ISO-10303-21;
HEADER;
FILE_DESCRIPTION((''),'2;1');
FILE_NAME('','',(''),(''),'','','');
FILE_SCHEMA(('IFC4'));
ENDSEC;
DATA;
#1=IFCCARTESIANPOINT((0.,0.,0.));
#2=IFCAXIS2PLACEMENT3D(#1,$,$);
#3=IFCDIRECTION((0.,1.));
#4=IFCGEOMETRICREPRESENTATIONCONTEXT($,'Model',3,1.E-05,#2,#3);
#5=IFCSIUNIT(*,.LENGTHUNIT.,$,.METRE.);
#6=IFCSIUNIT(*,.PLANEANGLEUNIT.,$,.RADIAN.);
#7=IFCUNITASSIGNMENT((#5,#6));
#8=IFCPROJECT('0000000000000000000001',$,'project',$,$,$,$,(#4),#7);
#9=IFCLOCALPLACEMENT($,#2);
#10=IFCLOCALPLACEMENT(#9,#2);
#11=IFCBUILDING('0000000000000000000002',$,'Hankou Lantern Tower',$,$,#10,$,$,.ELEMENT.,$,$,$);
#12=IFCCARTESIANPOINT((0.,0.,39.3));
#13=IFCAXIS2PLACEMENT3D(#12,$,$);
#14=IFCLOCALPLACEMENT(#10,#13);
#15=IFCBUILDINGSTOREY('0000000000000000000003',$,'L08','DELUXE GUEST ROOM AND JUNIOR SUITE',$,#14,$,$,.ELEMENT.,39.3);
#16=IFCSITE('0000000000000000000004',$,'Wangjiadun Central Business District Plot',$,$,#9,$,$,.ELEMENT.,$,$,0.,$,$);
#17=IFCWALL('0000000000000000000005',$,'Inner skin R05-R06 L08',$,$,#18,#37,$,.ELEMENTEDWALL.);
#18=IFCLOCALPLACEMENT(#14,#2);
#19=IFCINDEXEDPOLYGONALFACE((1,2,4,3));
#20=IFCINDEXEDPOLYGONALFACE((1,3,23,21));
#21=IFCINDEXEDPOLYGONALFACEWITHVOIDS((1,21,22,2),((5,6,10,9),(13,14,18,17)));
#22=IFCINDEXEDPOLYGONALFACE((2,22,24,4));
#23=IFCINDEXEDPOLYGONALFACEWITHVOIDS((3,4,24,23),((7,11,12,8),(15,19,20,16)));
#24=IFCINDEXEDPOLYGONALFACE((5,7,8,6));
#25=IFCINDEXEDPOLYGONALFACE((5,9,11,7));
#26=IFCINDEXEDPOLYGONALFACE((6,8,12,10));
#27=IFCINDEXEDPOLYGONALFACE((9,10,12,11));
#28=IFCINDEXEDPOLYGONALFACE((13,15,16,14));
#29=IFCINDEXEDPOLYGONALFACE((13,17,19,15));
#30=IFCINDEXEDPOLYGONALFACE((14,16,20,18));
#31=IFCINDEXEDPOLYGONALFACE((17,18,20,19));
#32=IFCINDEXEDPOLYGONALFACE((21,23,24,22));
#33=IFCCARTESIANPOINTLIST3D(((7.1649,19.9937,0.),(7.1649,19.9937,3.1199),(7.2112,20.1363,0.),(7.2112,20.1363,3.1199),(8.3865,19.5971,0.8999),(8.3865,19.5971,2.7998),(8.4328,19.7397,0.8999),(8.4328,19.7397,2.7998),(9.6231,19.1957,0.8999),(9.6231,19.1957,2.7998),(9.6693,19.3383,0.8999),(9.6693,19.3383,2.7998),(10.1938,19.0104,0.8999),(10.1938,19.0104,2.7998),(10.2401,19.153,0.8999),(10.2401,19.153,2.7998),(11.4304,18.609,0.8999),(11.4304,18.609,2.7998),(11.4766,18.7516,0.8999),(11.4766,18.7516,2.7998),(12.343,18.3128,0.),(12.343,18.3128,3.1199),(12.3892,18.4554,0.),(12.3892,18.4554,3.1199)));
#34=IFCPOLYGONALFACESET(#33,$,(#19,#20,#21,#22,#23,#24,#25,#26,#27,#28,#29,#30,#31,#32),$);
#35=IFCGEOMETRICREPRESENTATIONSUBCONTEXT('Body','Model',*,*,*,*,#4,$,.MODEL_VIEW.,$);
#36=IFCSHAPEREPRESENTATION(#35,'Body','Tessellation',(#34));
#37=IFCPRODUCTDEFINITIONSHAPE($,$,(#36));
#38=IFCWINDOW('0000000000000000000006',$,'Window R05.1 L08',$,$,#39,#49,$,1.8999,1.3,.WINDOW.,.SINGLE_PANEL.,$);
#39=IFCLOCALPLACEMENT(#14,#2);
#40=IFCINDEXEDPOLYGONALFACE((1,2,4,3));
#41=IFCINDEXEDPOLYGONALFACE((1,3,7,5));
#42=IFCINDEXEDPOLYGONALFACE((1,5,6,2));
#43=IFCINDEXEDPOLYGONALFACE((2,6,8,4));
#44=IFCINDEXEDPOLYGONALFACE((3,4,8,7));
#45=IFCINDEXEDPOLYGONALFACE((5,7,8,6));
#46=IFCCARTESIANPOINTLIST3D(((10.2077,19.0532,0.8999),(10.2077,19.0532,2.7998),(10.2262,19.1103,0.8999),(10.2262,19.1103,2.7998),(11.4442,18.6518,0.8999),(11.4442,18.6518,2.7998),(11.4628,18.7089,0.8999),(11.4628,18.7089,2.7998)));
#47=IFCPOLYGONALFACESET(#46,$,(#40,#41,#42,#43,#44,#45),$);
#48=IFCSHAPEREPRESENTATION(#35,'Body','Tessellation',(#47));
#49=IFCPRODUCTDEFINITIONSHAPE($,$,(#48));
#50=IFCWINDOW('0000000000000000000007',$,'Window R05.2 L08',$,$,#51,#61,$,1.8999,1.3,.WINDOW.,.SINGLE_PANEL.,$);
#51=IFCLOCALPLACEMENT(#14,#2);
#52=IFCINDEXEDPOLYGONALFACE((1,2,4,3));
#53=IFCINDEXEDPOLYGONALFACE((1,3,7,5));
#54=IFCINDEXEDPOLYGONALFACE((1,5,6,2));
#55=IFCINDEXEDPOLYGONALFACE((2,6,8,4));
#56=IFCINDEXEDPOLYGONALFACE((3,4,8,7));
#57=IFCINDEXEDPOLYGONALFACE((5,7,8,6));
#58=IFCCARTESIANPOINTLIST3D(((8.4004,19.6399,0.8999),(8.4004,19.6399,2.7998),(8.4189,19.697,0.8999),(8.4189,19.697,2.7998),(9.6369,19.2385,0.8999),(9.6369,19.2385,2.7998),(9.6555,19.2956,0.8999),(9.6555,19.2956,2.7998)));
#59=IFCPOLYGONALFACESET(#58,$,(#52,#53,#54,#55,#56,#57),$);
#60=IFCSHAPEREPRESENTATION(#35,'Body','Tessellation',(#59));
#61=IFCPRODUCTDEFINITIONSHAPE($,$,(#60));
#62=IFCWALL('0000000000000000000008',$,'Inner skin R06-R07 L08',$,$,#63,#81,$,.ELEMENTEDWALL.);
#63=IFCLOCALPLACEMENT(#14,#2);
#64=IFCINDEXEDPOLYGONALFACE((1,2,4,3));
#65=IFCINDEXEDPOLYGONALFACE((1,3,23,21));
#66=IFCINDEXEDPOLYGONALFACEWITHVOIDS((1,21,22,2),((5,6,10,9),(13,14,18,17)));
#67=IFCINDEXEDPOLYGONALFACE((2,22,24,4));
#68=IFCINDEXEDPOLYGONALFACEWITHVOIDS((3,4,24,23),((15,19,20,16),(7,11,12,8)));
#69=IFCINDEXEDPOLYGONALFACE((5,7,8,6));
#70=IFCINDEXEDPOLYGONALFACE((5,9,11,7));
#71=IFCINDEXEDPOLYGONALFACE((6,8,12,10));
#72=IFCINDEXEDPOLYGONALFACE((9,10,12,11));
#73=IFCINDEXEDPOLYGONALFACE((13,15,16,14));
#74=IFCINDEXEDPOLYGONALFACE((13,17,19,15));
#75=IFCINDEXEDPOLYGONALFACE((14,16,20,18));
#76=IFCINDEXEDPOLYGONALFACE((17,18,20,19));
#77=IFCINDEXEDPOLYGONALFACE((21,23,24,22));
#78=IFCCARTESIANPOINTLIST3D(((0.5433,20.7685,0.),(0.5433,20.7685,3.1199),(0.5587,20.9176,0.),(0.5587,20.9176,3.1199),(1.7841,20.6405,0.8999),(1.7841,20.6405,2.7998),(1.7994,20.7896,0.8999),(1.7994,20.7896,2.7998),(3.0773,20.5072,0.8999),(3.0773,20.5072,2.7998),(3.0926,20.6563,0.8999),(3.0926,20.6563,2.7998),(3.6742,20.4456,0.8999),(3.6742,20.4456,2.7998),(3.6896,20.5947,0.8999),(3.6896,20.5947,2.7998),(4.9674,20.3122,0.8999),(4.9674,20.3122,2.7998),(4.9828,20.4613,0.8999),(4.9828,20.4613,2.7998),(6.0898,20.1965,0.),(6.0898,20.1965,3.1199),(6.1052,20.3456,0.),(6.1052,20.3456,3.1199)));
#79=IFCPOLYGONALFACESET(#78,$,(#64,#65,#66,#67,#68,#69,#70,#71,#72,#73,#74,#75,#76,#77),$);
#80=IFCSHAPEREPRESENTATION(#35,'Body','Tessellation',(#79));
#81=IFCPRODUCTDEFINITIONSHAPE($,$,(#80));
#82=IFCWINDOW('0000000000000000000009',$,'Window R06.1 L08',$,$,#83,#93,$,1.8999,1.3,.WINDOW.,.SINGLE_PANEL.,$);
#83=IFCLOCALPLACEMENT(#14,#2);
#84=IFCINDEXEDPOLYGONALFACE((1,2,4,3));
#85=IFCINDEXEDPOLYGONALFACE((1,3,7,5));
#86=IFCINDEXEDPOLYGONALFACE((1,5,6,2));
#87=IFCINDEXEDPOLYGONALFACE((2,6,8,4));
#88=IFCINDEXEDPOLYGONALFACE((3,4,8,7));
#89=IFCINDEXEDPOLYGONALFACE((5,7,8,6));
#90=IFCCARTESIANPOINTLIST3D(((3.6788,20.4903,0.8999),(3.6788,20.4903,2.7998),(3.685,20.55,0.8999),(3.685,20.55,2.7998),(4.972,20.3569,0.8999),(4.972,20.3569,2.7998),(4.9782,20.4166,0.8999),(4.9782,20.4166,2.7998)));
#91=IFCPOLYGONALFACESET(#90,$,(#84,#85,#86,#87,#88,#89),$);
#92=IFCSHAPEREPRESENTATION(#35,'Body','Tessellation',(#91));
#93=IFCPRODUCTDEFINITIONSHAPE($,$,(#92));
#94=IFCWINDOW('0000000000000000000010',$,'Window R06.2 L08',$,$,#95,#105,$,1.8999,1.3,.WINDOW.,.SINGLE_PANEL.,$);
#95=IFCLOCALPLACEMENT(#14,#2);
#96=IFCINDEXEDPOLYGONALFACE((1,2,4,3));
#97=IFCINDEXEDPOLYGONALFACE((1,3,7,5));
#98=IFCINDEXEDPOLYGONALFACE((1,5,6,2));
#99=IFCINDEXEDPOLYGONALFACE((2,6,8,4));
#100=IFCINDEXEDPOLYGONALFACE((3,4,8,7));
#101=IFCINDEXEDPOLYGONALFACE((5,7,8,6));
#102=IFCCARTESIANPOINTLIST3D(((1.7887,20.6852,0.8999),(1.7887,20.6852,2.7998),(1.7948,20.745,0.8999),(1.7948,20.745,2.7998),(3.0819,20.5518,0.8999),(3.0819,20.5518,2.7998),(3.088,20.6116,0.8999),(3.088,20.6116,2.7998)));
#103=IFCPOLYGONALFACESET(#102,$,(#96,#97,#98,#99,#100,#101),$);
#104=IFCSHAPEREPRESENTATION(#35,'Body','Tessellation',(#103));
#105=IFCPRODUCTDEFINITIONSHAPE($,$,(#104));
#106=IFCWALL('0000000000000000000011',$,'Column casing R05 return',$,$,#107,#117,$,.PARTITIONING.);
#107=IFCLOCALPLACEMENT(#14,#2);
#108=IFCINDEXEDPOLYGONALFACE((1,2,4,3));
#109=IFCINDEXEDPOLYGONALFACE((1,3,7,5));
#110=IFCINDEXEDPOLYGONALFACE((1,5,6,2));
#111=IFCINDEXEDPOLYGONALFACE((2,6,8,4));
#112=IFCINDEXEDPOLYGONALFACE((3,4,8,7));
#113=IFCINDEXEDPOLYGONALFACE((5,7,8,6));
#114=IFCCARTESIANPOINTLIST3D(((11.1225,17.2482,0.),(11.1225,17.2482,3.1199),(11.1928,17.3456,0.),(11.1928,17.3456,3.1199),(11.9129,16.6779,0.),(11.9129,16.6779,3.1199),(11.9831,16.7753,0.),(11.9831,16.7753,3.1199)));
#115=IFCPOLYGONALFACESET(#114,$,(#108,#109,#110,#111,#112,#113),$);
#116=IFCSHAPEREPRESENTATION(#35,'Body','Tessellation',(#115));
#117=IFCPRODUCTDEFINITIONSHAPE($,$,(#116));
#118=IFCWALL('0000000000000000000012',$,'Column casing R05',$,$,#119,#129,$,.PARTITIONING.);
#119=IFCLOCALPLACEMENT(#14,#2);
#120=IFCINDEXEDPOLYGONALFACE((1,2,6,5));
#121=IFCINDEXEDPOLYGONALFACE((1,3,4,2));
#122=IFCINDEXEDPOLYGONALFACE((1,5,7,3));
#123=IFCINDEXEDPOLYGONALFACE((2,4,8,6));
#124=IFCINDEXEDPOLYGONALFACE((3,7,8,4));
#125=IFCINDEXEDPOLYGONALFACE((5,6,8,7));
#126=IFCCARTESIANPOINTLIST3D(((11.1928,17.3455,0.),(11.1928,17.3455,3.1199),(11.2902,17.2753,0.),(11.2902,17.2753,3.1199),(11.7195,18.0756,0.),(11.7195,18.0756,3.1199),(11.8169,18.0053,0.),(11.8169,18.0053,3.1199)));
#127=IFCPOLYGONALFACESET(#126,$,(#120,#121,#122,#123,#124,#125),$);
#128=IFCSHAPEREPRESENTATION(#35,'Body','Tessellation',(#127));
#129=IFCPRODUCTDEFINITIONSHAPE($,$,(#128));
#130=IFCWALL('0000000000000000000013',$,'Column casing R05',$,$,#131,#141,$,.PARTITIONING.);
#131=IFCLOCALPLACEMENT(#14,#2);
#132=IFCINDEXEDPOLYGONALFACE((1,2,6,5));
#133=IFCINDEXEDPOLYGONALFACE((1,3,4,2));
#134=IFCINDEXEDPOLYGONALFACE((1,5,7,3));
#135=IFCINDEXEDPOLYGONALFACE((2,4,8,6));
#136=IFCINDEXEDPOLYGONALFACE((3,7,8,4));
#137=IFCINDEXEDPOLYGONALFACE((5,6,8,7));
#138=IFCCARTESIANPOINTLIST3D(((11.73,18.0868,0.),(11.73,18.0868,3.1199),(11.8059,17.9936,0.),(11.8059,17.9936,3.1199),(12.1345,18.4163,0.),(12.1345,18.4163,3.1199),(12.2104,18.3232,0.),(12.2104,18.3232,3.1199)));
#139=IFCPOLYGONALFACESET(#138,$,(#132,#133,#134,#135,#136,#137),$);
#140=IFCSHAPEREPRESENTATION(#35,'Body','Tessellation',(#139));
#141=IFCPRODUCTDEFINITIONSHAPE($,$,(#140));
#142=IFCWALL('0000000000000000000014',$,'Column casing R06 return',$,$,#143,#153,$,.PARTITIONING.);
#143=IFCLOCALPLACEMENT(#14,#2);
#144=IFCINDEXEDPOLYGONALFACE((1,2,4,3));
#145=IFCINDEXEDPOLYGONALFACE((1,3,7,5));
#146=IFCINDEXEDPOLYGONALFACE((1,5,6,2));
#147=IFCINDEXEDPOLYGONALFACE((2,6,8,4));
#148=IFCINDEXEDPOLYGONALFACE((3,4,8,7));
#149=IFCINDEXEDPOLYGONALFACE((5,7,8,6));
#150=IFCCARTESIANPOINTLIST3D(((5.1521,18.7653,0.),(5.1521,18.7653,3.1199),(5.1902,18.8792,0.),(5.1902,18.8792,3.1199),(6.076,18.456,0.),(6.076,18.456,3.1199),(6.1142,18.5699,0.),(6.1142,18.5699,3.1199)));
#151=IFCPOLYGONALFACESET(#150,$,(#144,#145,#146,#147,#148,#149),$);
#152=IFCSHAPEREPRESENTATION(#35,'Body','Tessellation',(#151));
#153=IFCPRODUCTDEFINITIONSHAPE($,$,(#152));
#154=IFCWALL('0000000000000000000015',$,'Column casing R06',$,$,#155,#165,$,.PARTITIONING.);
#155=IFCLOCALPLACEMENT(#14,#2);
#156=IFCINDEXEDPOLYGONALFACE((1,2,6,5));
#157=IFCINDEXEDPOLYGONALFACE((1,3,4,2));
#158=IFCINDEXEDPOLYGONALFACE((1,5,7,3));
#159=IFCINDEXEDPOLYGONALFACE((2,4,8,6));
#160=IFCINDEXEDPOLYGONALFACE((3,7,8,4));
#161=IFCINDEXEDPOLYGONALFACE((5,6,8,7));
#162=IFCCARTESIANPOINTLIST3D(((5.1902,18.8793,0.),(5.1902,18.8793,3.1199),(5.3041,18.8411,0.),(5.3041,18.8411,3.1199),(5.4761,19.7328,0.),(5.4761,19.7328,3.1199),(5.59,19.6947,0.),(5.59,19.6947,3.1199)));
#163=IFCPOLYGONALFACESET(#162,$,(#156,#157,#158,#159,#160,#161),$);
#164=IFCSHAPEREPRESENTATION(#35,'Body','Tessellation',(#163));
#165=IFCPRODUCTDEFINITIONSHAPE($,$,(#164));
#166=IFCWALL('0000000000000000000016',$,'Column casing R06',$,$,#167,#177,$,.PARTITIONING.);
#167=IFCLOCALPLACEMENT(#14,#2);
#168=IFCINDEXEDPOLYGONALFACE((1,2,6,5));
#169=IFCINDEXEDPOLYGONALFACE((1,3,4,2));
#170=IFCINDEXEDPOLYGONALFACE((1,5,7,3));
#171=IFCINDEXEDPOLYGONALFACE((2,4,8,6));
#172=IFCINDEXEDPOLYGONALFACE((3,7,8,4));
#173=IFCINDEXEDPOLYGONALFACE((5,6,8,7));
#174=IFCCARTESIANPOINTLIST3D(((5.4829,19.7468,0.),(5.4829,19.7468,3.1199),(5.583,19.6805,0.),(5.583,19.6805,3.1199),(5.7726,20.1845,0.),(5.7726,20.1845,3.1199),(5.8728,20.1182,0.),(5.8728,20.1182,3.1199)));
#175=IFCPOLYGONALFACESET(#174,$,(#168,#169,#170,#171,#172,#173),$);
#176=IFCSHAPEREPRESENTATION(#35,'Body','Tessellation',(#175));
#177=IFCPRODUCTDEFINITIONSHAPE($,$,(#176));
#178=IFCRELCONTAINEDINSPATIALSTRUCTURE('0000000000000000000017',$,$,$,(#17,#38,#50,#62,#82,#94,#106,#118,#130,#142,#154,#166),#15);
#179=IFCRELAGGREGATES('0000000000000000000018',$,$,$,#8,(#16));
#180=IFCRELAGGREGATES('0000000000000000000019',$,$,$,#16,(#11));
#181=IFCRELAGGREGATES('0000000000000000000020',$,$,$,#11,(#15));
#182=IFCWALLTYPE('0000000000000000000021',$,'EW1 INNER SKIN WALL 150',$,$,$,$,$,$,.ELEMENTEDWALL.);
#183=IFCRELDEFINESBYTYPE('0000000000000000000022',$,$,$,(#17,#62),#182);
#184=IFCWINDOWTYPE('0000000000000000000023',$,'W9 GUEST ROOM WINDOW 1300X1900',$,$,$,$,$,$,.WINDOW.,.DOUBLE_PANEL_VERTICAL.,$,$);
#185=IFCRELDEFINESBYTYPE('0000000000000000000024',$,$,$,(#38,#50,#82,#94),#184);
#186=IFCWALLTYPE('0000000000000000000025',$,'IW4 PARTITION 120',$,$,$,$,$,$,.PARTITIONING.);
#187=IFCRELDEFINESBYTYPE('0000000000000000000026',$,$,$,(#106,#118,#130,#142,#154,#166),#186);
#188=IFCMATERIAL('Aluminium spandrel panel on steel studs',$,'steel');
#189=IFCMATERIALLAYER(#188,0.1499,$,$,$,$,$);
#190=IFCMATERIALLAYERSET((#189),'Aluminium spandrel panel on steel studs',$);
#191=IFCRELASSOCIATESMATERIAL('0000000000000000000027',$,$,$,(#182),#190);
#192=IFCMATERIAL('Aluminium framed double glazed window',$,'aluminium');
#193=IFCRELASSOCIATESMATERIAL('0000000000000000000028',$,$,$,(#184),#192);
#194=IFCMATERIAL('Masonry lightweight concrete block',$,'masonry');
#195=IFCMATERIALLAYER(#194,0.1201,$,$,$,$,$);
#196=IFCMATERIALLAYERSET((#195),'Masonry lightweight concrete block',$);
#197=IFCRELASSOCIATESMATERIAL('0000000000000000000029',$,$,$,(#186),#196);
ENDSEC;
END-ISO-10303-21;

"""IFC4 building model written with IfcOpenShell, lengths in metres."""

from ifc_helpers import new_model, si_unit, direction, frame, frame_2d, origin, place, context, subcontext, project, spatial, rectangle, extrude, material, layer, layer_set, type_object, element, fill, save


model = new_model("IFC4")

# Units and contexts
model_context = context("Model", 3, precision=1e-05, world=origin(), true_north=direction((0.0, 1.0)))
body_context = subcontext(model_context, "Body", "Model", "MODEL_VIEW")
ifc_project = project(units=[si_unit("LENGTHUNIT", "METRE"), si_unit("PLANEANGLEUNIT", "RADIAN")], contexts=[model_context])

# Site, building, storey
site_placement = place(None, origin())
site = spatial("IfcSite", under=ifc_project, at=site_placement, Name="Wangjiadun Central Business District Plot", CompositionType="ELEMENT", RefElevation=0.0)
building_placement = place(site_placement, origin())
building = spatial("IfcBuilding", under=site, at=building_placement, Name="Hankou Lantern Tower", CompositionType="ELEMENT")
storey_placement = place(building_placement, frame((0.0, 0.0, 39.3)))
storey = spatial("IfcBuildingStorey", under=building, at=storey_placement, Name="L08", Description="DELUXE GUEST ROOM AND JUNIOR SUITE", CompositionType="ELEMENT", Elevation=39.3)

# Walls, openings, windows
ifc_material_1 = material(Name="Aluminium spandrel panel on steel studs", Category="steel")
ifc_layer_1 = layer(ifc_material_1, 0.1499)
ifc_layer_set_1 = layer_set([ifc_layer_1], Name="Aluminium spandrel panel on steel studs")
wall_type_1 = type_object("IfcWallType", Name="EW1 INNER SKIN WALL 150", PredefinedType="ELEMENTEDWALL", material=ifc_layer_set_1)
wall_1_placement = place(storey_placement, frame((12.3662, 18.384, 0.0), z_axis=(0.0, 0.0, 1.0), x_axis=(-0.951138, 0.308765, 0.0)))
wall_1 = element("IfcWall", 1, at=wall_1_placement, inside=storey, type_object=wall_type_1, Name="Inner skin R05-R06 L08", PredefinedType="ELEMENTEDWALL", context=body_context, shape_type="SweptSolid", body=[
    extrude(rectangle(XDim=5.4441, YDim=0.1499, at=frame_2d((2.7222, 0.0))), origin(), (0.0, 0.0, 1.0), 3.1199),
])
opening_1_placement = place(wall_1_placement, frame((0.9597, 0.0, 0.8999)))
opening_1 = element("IfcOpeningElement", 2, at=opening_1_placement, cuts=wall_1, PredefinedType="OPENING", context=body_context, shape_type="SweptSolid", body=[
    extrude(rectangle(XDim=1.3, YDim=1.8999, at=frame_2d((0.6499, 0.95))), frame((0.0, 0.085, 0.0), z_axis=(0.0, -1.0, 0.0), x_axis=(1.0, 0.0, 0.0)), (0.0, 0.0, 1.0), 0.1699),
])
opening_2_placement = place(wall_1_placement, frame((2.8599, 0.0, 0.8999)))
opening_2 = element("IfcOpeningElement", 3, at=opening_2_placement, cuts=wall_1, PredefinedType="OPENING", context=body_context, shape_type="SweptSolid", body=[
    extrude(rectangle(XDim=1.3, YDim=1.8999, at=frame_2d((0.6499, 0.95))), frame((0.0, 0.085, 0.0), z_axis=(0.0, -1.0, 0.0), x_axis=(1.0, 0.0, 0.0)), (0.0, 0.0, 1.0), 0.1699),
])
ifc_material_2 = material(Name="Aluminium framed double glazed window", Category="aluminium")
window_type = type_object("IfcWindowType", Name="W9 GUEST ROOM WINDOW 1300X1900", PartitioningType="DOUBLE_PANEL_VERTICAL", PredefinedType="WINDOW", material=ifc_material_2)
window_1_placement = place(opening_1_placement, origin())
window_1 = element("IfcWindow", 4, at=window_1_placement, inside=storey, type_object=window_type, Name="Window R05.1 L08", OverallHeight=1.8999, OverallWidth=1.3, PartitioningType="SINGLE_PANEL", PredefinedType="WINDOW", context=body_context, shape_type="SweptSolid", body=[
    extrude(rectangle(XDim=1.3, YDim=1.8999, at=frame_2d((0.6499, 0.95))), frame((0.0, 0.03, 0.0), z_axis=(0.0, -1.0, 0.0), x_axis=(1.0, 0.0, 0.0)), (0.0, 0.0, 1.0), 0.0601),
])
fill(opening_1, window_1)
window_2_placement = place(opening_2_placement, origin())
window_2 = element("IfcWindow", 5, at=window_2_placement, inside=storey, type_object=window_type, Name="Window R05.2 L08", OverallHeight=1.8999, OverallWidth=1.3, PartitioningType="SINGLE_PANEL", PredefinedType="WINDOW", context=body_context, shape_type="SweptSolid", body=[
    extrude(rectangle(XDim=1.3, YDim=1.8999, at=frame_2d((0.6499, 0.95))), frame((0.0, 0.03, 0.0), z_axis=(0.0, -1.0, 0.0), x_axis=(1.0, 0.0, 0.0)), (0.0, 0.0, 1.0), 0.0601),
])
fill(opening_2, window_2)
wall_2_placement = place(storey_placement, frame((6.0977, 20.271, 0.0), z_axis=(0.0, 0.0, 1.0), x_axis=(-0.994724, 0.10259, 0.0)))
wall_2 = element("IfcWall", 6, at=wall_2_placement, inside=storey, type_object=wall_type_1, Name="Inner skin R06-R07 L08", PredefinedType="ELEMENTEDWALL", context=body_context, shape_type="SweptSolid", body=[
    extrude(rectangle(XDim=5.5759, YDim=0.1499, at=frame_2d((2.7881, 0.0))), origin(), (0.0, 0.0, 1.0), 3.1199),
])
opening_3_placement = place(wall_2_placement, frame((1.1287, 0.0, 0.8999)))
opening_3 = element("IfcOpeningElement", 7, at=opening_3_placement, cuts=wall_2, PredefinedType="OPENING", context=body_context, shape_type="SweptSolid", body=[
    extrude(rectangle(XDim=1.3, YDim=1.8999, at=frame_2d((0.6499, 0.95))), frame((0.0, 0.085, 0.0), z_axis=(0.0, -1.0, 0.0), x_axis=(1.0, 0.0, 0.0)), (0.0, 0.0, 1.0), 0.1699),
])
opening_4_placement = place(wall_2_placement, frame((3.0288, 0.0, 0.8999)))
opening_4 = element("IfcOpeningElement", 8, at=opening_4_placement, cuts=wall_2, PredefinedType="OPENING", context=body_context, shape_type="SweptSolid", body=[
    extrude(rectangle(XDim=1.3, YDim=1.8999, at=frame_2d((0.6499, 0.95))), frame((0.0, 0.085, 0.0), z_axis=(0.0, -1.0, 0.0), x_axis=(1.0, 0.0, 0.0)), (0.0, 0.0, 1.0), 0.1699),
])
window_3_placement = place(opening_3_placement, origin())
window_3 = element("IfcWindow", 9, at=window_3_placement, inside=storey, type_object=window_type, Name="Window R06.1 L08", OverallHeight=1.8999, OverallWidth=1.3, PartitioningType="SINGLE_PANEL", PredefinedType="WINDOW", context=body_context, shape_type="SweptSolid", body=[
    extrude(rectangle(XDim=1.3, YDim=1.8999, at=frame_2d((0.6499, 0.95))), frame((0.0, 0.03, 0.0), z_axis=(0.0, -1.0, 0.0), x_axis=(1.0, 0.0, 0.0)), (0.0, 0.0, 1.0), 0.0601),
])
fill(opening_3, window_3)
window_4_placement = place(opening_4_placement, origin())
window_4 = element("IfcWindow", 10, at=window_4_placement, inside=storey, type_object=window_type, Name="Window R06.2 L08", OverallHeight=1.8999, OverallWidth=1.3, PartitioningType="SINGLE_PANEL", PredefinedType="WINDOW", context=body_context, shape_type="SweptSolid", body=[
    extrude(rectangle(XDim=1.3, YDim=1.8999, at=frame_2d((0.6499, 0.95))), frame((0.0, 0.03, 0.0), z_axis=(0.0, -1.0, 0.0), x_axis=(1.0, 0.0, 0.0)), (0.0, 0.0, 1.0), 0.0601),
])
fill(opening_4, window_4)

# Walls
ifc_material_3 = material(Name="Masonry lightweight concrete block", Category="masonry")
ifc_layer_2 = layer(ifc_material_3, 0.1201)
ifc_layer_set_2 = layer_set([ifc_layer_2], Name="Masonry lightweight concrete block")
wall_type_2 = type_object("IfcWallType", Name="IW4 PARTITION 120", PredefinedType="PARTITIONING", material=ifc_layer_set_2)
wall_3_placement = place(storey_placement, frame((11.948, 16.7266, 0.0), z_axis=(0.0, 0.0, 1.0), x_axis=(-0.810897, 0.585189, 0.0)))
element("IfcWall", 11, at=wall_3_placement, inside=storey, type_object=wall_type_2, Name="Column casing R05 return", PredefinedType="PARTITIONING", context=body_context, shape_type="SweptSolid", body=[
    extrude(rectangle(XDim=0.9746, YDim=0.1201, at=frame_2d((0.4873, 0.0))), origin(), (0.0, 0.0, 1.0), 3.1199),
])
wall_4_placement = place(storey_placement, frame((11.2415, 17.3103, 0.0), z_axis=(0.0, 0.0, 1.0), x_axis=(0.585055, 0.810994, 0.0)))
element("IfcWall", 12, at=wall_4_placement, inside=storey, type_object=wall_type_2, Name="Column casing R05", PredefinedType="PARTITIONING", context=body_context, shape_type="SweptSolid", body=[
    extrude(rectangle(XDim=0.9001, YDim=0.1201, at=frame_2d((0.4502, 0.0))), origin(), (0.0, 0.0, 1.0), 3.1199),
])
wall_5_placement = place(storey_placement, frame((11.7681, 18.0403, 0.0), z_axis=(0.0, 0.0, 1.0), x_axis=(0.775269, 0.631631, 0.0)))
element("IfcWall", 13, at=wall_5_placement, inside=storey, type_object=wall_type_2, Name="Column casing R05", PredefinedType="PARTITIONING", context=body_context, shape_type="SweptSolid", body=[
    extrude(rectangle(XDim=0.5217, YDim=0.1201, at=frame_2d((0.2607, 0.0))), origin(), (0.0, 0.0, 1.0), 3.1199),
])
wall_6_placement = place(storey_placement, frame((6.0952, 18.5129, 0.0), z_axis=(0.0, 0.0, 1.0), x_axis=(-0.948282, 0.31743, 0.0)))
element("IfcWall", 14, at=wall_6_placement, inside=storey, type_object=wall_type_2, Name="Column casing R06 return", PredefinedType="PARTITIONING", context=body_context, shape_type="SweptSolid", body=[
    extrude(rectangle(XDim=0.9744, YDim=0.1201, at=frame_2d((0.4873, 0.0))), origin(), (0.0, 0.0, 1.0), 3.1199),
])
wall_7_placement = place(storey_placement, frame((5.2471, 18.8601, 0.0), z_axis=(0.0, 0.0, 1.0), x_axis=(0.317611, 0.948221, 0.0)))
element("IfcWall", 15, at=wall_7_placement, inside=storey, type_object=wall_type_2, Name="Column casing R06", PredefinedType="PARTITIONING", context=body_context, shape_type="SweptSolid", body=[
    extrude(rectangle(XDim=0.9001, YDim=0.1201, at=frame_2d((0.4502, 0.0))), origin(), (0.0, 0.0, 1.0), 3.1199),
])
wall_8_placement = place(storey_placement, frame((5.533, 19.7136, 0.0), z_axis=(0.0, 0.0, 1.0), x_axis=(0.552014, 0.833835, 0.0)))
element("IfcWall", 16, at=wall_8_placement, inside=storey, type_object=wall_type_2, Name="Column casing R06", PredefinedType="PARTITIONING", context=body_context, shape_type="SweptSolid", body=[
    extrude(rectangle(XDim=0.5249, YDim=0.1201, at=frame_2d((0.2625, 0.0))), origin(), (0.0, 0.0, 1.0), 3.1199),
])

save(model, "model.ifc")
